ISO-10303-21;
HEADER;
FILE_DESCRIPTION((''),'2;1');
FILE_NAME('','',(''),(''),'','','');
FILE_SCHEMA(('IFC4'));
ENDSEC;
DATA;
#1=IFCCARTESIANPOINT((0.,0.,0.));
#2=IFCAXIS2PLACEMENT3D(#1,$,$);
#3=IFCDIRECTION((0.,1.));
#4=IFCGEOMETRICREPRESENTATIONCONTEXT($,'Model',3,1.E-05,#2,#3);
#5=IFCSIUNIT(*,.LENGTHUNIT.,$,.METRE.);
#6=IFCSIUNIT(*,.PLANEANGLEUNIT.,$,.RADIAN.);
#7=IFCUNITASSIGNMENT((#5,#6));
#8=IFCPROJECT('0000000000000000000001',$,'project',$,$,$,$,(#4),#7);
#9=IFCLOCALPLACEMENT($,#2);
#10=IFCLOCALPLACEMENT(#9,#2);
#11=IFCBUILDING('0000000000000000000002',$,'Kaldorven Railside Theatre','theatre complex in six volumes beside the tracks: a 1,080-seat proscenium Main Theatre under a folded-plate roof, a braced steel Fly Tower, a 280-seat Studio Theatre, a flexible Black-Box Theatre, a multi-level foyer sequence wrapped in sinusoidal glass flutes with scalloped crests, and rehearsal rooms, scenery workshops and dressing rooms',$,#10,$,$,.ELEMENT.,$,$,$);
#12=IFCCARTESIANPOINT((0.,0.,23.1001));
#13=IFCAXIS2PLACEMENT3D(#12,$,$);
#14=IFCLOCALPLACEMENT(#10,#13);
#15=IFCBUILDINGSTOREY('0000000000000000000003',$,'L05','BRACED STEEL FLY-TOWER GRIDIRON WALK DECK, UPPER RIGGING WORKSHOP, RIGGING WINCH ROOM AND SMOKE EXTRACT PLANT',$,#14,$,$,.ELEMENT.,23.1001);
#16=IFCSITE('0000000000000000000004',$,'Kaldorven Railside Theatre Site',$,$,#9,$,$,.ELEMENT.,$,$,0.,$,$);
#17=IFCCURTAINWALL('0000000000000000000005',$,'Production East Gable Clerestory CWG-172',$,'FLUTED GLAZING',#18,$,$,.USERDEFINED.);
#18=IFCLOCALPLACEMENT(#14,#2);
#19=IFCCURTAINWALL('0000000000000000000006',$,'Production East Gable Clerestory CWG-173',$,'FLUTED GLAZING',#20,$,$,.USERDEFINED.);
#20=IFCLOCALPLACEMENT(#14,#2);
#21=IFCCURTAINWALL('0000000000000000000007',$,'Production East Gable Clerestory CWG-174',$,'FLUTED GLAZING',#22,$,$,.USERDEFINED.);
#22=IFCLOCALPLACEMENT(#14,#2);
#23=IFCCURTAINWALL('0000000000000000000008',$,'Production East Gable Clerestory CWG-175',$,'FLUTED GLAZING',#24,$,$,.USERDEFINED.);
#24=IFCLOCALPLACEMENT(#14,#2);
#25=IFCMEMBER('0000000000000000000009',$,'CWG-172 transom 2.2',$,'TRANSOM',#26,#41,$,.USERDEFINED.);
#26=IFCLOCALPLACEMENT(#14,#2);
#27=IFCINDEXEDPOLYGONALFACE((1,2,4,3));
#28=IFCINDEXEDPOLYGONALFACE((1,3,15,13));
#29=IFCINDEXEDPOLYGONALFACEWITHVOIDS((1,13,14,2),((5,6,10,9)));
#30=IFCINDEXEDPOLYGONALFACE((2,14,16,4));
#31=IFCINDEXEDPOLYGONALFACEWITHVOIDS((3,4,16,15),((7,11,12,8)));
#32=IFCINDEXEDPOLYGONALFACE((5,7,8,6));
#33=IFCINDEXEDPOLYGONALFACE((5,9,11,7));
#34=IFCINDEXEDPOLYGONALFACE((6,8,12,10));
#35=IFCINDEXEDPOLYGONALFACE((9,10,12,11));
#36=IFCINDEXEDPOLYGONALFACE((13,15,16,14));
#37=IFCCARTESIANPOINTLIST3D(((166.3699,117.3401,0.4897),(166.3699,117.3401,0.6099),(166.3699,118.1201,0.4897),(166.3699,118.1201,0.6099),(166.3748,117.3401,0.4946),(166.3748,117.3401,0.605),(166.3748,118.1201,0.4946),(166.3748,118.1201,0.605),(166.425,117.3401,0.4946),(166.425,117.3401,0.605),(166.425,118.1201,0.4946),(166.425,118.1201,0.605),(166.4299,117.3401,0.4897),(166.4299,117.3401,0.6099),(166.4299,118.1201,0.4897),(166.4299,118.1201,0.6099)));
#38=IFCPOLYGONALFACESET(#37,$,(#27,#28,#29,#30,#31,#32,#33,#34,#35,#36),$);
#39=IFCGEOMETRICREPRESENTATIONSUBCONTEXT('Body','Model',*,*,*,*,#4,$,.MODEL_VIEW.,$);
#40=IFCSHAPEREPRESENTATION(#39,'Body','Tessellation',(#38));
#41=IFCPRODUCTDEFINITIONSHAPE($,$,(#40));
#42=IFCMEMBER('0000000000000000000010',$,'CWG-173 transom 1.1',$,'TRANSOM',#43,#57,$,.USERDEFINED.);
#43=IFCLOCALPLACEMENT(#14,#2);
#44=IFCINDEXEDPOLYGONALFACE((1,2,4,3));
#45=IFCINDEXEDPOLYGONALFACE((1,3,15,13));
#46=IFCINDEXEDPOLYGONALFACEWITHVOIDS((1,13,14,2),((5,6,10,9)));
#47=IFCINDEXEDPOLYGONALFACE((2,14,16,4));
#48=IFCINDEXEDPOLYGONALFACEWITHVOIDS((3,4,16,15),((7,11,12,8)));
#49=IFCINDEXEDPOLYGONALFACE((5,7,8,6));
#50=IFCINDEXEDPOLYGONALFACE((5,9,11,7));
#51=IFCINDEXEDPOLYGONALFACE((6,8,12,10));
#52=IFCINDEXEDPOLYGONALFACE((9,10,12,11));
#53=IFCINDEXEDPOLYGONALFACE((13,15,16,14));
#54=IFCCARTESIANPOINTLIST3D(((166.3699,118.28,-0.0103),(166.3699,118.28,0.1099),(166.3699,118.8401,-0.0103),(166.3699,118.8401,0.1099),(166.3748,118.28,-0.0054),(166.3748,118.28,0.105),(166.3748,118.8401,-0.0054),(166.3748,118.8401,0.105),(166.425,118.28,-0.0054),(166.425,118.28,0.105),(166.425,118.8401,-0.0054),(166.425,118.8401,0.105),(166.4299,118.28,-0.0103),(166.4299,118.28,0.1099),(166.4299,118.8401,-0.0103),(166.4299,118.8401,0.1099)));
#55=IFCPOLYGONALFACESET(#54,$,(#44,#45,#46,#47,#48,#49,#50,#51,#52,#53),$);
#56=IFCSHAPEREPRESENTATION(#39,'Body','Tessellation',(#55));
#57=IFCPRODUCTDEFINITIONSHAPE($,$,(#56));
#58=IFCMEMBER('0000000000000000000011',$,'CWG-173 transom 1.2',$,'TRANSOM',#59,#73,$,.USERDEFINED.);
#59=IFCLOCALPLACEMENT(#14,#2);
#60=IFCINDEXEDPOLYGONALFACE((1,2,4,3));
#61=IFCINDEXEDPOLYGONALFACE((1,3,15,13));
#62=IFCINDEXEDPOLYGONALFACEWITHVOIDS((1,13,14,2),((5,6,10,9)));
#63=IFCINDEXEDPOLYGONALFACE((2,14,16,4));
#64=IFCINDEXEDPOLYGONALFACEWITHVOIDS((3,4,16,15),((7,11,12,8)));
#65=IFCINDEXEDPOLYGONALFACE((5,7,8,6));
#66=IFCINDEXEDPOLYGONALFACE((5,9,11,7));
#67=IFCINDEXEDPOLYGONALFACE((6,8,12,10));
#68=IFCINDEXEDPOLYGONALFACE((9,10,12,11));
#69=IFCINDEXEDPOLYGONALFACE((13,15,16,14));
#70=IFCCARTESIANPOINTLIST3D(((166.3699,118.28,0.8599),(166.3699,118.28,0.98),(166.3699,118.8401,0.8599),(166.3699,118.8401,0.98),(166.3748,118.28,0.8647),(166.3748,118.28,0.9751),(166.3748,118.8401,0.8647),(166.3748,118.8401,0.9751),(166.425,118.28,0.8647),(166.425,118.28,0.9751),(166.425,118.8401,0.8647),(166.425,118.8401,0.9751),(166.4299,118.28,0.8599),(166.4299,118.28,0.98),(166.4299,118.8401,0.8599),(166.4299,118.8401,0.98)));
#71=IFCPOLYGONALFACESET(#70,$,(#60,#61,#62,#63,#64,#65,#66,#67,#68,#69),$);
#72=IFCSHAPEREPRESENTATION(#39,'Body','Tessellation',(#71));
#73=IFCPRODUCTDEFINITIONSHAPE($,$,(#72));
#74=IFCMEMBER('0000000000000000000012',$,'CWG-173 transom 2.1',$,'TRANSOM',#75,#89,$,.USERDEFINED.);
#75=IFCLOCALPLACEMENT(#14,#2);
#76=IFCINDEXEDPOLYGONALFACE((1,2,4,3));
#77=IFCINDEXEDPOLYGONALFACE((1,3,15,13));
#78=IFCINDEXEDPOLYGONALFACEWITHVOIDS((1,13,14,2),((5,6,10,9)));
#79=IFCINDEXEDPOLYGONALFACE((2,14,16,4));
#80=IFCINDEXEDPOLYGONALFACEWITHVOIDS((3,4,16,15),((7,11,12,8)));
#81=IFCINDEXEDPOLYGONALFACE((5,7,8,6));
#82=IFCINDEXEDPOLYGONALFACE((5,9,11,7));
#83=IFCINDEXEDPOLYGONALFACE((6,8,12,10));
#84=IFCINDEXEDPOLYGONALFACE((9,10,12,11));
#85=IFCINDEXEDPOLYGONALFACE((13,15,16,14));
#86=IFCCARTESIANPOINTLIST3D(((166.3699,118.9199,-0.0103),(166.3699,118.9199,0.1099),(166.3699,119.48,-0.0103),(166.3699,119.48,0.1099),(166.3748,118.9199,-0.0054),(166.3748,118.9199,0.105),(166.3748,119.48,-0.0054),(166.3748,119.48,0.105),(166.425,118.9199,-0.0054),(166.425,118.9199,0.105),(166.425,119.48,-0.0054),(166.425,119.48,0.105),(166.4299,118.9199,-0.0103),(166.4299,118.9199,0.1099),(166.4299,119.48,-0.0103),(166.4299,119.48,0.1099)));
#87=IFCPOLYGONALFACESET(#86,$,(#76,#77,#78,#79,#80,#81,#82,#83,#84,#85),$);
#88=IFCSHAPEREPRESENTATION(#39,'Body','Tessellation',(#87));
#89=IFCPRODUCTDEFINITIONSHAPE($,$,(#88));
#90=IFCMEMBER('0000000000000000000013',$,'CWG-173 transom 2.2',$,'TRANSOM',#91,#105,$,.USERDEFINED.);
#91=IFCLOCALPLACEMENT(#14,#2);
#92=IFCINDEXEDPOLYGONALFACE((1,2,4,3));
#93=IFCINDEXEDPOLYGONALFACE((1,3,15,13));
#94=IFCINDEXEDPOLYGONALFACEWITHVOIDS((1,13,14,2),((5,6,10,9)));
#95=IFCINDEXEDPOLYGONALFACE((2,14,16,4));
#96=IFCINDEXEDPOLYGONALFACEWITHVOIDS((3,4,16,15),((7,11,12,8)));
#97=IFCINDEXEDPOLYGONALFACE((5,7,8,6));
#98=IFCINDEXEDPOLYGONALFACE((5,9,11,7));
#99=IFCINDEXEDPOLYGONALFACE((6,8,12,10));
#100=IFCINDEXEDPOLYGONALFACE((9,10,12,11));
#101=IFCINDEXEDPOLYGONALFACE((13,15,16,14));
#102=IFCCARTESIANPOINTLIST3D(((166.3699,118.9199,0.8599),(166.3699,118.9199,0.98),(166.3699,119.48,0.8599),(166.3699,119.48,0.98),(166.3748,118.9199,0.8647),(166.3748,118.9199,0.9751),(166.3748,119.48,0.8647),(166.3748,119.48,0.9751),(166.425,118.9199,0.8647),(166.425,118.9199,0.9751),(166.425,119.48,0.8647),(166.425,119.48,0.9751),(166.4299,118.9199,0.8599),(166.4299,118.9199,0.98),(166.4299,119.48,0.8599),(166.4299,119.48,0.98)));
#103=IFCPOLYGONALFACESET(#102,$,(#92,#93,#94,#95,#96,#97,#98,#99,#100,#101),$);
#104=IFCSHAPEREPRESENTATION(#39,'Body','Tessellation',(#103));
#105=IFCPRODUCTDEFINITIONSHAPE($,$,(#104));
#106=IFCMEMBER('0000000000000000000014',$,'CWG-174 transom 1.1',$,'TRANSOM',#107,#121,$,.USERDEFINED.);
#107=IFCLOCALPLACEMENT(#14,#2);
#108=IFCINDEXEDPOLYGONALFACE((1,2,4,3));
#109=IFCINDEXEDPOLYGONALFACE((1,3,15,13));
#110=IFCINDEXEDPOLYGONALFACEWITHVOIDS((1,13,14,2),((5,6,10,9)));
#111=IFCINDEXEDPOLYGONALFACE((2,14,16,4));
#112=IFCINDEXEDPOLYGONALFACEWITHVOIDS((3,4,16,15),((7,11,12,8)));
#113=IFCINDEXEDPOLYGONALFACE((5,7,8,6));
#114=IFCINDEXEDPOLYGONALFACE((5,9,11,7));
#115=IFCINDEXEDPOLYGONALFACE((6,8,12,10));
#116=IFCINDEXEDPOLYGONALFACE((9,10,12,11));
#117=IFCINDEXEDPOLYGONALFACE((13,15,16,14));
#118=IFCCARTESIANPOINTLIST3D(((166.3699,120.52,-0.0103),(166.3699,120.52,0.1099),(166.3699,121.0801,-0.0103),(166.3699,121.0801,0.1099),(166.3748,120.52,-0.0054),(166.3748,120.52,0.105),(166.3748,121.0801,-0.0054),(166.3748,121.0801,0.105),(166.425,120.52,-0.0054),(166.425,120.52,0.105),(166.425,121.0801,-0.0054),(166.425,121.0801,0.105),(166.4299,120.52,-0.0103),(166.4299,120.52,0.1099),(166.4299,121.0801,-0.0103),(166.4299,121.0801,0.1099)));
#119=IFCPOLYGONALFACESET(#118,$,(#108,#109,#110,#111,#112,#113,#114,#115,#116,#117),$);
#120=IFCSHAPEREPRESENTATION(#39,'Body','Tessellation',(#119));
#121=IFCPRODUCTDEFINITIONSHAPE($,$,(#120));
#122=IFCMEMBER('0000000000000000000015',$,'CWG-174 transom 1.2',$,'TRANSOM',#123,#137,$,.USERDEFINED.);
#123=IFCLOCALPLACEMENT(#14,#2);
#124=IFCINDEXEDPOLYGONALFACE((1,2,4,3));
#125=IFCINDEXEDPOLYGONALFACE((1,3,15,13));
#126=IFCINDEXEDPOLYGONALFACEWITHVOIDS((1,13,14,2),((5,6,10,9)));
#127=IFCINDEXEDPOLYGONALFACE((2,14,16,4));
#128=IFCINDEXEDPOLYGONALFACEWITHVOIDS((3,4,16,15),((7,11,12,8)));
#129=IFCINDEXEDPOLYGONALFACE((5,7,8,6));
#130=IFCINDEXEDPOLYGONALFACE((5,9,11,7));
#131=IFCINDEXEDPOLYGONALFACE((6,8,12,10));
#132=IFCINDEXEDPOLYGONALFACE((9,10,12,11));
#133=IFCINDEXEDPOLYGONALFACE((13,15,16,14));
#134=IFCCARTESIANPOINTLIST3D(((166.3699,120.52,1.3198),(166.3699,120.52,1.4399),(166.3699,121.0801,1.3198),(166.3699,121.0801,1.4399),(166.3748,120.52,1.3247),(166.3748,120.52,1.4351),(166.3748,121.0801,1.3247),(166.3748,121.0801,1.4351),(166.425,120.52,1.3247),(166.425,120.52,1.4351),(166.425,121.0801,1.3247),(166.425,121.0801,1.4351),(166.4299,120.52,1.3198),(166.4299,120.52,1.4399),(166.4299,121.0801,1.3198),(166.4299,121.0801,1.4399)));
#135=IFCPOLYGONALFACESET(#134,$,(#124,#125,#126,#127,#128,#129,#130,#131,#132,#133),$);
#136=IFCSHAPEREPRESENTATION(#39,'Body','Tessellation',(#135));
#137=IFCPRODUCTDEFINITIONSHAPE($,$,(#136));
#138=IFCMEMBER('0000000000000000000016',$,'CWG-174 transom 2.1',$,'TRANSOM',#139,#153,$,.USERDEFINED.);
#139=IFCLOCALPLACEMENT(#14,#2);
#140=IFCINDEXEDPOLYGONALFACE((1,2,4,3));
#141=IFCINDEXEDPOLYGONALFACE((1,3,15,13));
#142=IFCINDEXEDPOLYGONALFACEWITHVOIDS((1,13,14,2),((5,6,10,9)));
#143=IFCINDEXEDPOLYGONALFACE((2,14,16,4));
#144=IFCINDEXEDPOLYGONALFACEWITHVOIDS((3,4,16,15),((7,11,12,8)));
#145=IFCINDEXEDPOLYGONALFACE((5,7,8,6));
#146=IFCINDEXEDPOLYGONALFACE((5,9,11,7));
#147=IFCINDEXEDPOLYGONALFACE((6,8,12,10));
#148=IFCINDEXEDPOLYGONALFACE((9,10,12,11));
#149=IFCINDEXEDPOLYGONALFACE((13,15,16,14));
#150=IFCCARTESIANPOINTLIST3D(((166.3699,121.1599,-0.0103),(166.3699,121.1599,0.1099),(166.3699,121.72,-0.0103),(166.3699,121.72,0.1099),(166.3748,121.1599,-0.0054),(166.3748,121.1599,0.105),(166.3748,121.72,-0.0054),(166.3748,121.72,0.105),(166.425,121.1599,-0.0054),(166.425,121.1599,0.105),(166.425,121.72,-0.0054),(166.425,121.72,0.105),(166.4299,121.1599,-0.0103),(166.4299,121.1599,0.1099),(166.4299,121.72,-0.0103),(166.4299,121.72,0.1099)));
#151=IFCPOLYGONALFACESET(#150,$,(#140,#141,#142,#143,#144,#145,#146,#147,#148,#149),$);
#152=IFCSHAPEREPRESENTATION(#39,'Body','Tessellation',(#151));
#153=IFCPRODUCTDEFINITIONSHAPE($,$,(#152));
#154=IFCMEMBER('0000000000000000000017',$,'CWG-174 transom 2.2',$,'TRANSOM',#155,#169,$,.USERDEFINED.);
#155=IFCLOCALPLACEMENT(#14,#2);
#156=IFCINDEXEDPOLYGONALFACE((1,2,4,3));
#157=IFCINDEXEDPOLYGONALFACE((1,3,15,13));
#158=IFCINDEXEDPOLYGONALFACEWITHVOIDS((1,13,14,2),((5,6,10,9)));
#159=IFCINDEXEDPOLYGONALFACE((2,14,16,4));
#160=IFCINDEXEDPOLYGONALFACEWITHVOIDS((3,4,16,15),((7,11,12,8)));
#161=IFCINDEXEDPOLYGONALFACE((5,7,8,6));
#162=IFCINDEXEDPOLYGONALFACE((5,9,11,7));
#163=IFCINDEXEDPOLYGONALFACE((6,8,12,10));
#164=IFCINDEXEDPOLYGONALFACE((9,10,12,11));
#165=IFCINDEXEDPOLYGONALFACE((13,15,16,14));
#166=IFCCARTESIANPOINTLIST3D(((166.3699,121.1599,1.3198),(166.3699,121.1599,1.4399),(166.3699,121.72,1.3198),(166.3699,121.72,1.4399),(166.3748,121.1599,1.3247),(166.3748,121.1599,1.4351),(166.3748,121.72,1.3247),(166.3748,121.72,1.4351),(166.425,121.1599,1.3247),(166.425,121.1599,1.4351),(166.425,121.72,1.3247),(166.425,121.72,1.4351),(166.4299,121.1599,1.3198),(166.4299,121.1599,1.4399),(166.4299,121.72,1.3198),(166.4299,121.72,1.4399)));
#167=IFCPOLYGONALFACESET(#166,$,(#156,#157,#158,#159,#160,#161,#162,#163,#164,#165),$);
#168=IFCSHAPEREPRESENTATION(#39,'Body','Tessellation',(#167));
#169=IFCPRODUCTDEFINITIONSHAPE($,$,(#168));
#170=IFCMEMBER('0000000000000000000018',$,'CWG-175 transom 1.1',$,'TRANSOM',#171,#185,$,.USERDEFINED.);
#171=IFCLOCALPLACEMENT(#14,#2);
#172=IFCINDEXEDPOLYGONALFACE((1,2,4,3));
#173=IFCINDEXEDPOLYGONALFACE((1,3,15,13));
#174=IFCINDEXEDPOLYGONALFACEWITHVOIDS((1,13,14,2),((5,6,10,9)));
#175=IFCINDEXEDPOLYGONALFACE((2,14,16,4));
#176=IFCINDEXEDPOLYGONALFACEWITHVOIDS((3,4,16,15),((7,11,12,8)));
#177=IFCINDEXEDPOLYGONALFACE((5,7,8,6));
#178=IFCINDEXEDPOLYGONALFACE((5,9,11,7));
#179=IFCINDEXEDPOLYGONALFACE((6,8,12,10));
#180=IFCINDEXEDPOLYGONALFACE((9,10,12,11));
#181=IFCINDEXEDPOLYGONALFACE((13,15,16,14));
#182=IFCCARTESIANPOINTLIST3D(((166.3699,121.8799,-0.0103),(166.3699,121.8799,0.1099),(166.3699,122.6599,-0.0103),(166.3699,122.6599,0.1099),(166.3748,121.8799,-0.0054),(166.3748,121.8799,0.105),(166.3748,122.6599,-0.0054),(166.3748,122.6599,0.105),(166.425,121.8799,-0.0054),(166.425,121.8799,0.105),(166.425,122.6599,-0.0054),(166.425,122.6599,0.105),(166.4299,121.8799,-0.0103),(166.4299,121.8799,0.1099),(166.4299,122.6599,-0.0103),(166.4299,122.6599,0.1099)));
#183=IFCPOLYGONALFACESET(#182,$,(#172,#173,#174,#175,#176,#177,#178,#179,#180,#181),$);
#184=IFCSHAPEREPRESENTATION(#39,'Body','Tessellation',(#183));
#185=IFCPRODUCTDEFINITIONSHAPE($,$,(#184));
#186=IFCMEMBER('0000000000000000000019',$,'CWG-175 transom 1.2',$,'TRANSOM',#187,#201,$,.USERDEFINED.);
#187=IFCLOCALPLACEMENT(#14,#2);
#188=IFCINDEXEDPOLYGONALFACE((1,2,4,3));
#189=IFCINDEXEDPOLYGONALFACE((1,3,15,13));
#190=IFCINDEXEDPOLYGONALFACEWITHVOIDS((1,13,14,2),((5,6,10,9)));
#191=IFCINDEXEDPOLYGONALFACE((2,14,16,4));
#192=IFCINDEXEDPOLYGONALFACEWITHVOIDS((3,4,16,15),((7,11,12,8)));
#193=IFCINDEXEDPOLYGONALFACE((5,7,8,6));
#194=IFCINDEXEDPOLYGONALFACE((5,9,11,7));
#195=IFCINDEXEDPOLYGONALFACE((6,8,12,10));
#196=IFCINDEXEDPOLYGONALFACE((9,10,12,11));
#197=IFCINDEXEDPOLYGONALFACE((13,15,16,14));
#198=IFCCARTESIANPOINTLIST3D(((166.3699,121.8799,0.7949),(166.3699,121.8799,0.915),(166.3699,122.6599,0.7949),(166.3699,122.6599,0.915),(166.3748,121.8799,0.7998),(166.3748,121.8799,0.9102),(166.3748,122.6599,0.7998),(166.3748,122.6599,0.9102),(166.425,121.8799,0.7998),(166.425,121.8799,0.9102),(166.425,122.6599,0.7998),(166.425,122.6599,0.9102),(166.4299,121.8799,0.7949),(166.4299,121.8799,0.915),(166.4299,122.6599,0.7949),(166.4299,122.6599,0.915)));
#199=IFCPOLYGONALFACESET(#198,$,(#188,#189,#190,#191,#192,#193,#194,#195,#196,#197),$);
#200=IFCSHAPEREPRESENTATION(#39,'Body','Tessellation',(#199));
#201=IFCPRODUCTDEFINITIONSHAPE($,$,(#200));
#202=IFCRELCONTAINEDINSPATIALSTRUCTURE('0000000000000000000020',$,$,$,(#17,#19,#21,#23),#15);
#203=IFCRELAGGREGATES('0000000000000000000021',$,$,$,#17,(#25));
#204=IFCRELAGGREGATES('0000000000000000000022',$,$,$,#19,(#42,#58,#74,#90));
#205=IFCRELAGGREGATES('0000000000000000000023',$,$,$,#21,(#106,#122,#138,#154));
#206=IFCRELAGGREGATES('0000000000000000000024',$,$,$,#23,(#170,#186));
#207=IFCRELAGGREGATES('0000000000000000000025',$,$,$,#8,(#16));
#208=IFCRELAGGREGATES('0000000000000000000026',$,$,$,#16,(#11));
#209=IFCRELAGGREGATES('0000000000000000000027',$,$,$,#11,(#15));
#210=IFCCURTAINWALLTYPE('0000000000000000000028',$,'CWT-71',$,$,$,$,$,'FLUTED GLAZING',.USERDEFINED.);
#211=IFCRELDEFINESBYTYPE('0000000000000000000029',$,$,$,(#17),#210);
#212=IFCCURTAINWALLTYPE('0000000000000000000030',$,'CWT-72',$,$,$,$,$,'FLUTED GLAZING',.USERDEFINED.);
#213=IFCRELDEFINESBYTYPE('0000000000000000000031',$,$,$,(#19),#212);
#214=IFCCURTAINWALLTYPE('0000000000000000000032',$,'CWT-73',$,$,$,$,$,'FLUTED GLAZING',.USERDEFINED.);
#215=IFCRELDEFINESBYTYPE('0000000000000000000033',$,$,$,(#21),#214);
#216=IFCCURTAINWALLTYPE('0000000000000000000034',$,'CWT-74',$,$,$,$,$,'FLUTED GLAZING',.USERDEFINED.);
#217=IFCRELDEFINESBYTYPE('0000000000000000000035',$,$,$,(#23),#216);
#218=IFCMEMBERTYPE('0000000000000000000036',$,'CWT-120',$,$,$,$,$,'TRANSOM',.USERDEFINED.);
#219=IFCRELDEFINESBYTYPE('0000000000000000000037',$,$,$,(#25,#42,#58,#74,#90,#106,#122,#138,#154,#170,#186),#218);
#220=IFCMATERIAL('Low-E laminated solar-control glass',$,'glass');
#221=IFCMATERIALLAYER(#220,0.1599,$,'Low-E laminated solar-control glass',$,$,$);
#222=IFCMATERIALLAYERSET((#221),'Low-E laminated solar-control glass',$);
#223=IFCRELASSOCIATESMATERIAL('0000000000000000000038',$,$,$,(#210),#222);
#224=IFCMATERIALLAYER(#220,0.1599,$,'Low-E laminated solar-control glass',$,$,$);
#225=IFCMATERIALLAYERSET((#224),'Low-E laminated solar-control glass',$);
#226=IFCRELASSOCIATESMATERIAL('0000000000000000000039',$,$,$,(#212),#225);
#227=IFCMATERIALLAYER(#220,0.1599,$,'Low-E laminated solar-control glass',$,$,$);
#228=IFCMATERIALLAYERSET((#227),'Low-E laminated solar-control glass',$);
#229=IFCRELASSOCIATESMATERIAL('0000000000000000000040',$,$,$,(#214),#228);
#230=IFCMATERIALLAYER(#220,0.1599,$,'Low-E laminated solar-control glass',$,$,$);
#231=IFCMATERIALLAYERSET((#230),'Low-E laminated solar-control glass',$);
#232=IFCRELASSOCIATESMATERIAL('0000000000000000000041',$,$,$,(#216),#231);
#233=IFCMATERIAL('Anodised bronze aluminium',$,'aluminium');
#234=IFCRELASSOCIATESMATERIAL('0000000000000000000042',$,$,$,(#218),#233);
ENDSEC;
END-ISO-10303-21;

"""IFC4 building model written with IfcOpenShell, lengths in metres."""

from ifc_helpers import new_model, si_unit, direction, frame, origin, origin_2d, place, context, subcontext, project, spatial, hollow_rectangle, extrude, material, layer, layer_set, material_profile, profile_set, type_object, element, aggregate, save


model = new_model("IFC4")

# Units and contexts
model_context = context("Model", 3, precision=1e-05, world=origin(), true_north=direction((0.0, 1.0)))
body_context = subcontext(model_context, "Body", "Model", "MODEL_VIEW")
ifc_project = project(units=[si_unit("LENGTHUNIT", "METRE"), si_unit("PLANEANGLEUNIT", "RADIAN")], contexts=[model_context])

# Site, building, storey
site_placement = place(None, origin())
site = spatial("IfcSite", under=ifc_project, at=site_placement, Name="Kaldorven Railside Theatre Site", CompositionType="ELEMENT", RefElevation=0.0)
building_placement = place(site_placement, origin())
building = spatial("IfcBuilding", under=site, at=building_placement, Name="Kaldorven Railside Theatre", Description="theatre complex in six volumes beside the tracks: a 1,080-seat proscenium Main Theatre under a folded-plate roof, a braced steel Fly Tower, a 280-seat Studio Theatre, a flexible Black-Box Theatre, a multi-level foyer sequence wrapped in sinusoidal glass flutes with scalloped crests, and rehearsal rooms, scenery workshops and dressing rooms", CompositionType="ELEMENT")
storey_placement = place(building_placement, frame((0.0, 0.0, 23.1001)))
storey = spatial("IfcBuildingStorey", under=building, at=storey_placement, Name="L05", Description="BRACED STEEL FLY-TOWER GRIDIRON WALK DECK, UPPER RIGGING WORKSHOP, RIGGING WINCH ROOM AND SMOKE EXTRACT PLANT", CompositionType="ELEMENT", Elevation=23.1001)

# Curtain walls
ifc_material_1 = material(Name="Low-E laminated solar-control glass", Category="glass")
ifc_layer_1 = layer(ifc_material_1, 0.1599, Name="Low-E laminated solar-control glass")
ifc_layer_set_1 = layer_set([ifc_layer_1], Name="Low-E laminated solar-control glass")
curtain_wall_type_1 = type_object("IfcCurtainWallType", Name="CWT-71", ElementType="FLUTED GLAZING", PredefinedType="USERDEFINED", material=ifc_layer_set_1)
curtain_wall_1_placement = place(storey_placement, origin())
curtain_wall_1 = element("IfcCurtainWall", 1, at=curtain_wall_1_placement, inside=storey, type_object=curtain_wall_type_1, Name="Production East Gable Clerestory CWG-172", ObjectType="FLUTED GLAZING", PredefinedType="USERDEFINED")
ifc_material_2 = material(Name="Anodised bronze aluminium", Category="aluminium")
ifc_layer_2 = layer(ifc_material_1, 0.1599, Name="Low-E laminated solar-control glass")
ifc_layer_set_2 = layer_set([ifc_layer_2], Name="Low-E laminated solar-control glass")
curtain_wall_type_2 = type_object("IfcCurtainWallType", Name="CWT-72", ElementType="FLUTED GLAZING", PredefinedType="USERDEFINED", material=ifc_layer_set_2)
curtain_wall_2_placement = place(storey_placement, origin())
curtain_wall_2 = element("IfcCurtainWall", 2, at=curtain_wall_2_placement, inside=storey, type_object=curtain_wall_type_2, Name="Production East Gable Clerestory CWG-173", ObjectType="FLUTED GLAZING", PredefinedType="USERDEFINED")
ifc_layer_3 = layer(ifc_material_1, 0.1599, Name="Low-E laminated solar-control glass")
ifc_layer_set_3 = layer_set([ifc_layer_3], Name="Low-E laminated solar-control glass")
curtain_wall_type_3 = type_object("IfcCurtainWallType", Name="CWT-73", ElementType="FLUTED GLAZING", PredefinedType="USERDEFINED", material=ifc_layer_set_3)
curtain_wall_3_placement = place(storey_placement, origin())
curtain_wall_3 = element("IfcCurtainWall", 3, at=curtain_wall_3_placement, inside=storey, type_object=curtain_wall_type_3, Name="Production East Gable Clerestory CWG-174", ObjectType="FLUTED GLAZING", PredefinedType="USERDEFINED")
ifc_layer_4 = layer(ifc_material_1, 0.1599, Name="Low-E laminated solar-control glass")
ifc_layer_set_4 = layer_set([ifc_layer_4], Name="Low-E laminated solar-control glass")
curtain_wall_type_4 = type_object("IfcCurtainWallType", Name="CWT-74", ElementType="FLUTED GLAZING", PredefinedType="USERDEFINED", material=ifc_layer_set_4)
curtain_wall_4_placement = place(storey_placement, origin())
curtain_wall_4 = element("IfcCurtainWall", 4, at=curtain_wall_4_placement, inside=storey, type_object=curtain_wall_type_4, Name="Production East Gable Clerestory CWG-175", ObjectType="FLUTED GLAZING", PredefinedType="USERDEFINED")

# Members
ifc_material_profile_1 = material_profile(ifc_material_2, hollow_rectangle(XDim=0.0601, YDim=0.1201, WallThickness=0.0049, at=origin_2d()), Name="RHS 120x60x5")
ifc_profile_set_1 = profile_set([ifc_material_profile_1], Name="Anodised bronze aluminium")
member_type_1 = type_object("IfcMemberType", Name="CWT-120", ElementType="TRANSOM", PredefinedType="USERDEFINED", material=ifc_profile_set_1)
member_1_placement = place(storey_placement, frame((166.3999, 117.3401, 0.5498), z_axis=(0.0, 1.0, 0.0), x_axis=(-1.0, 0.0, 0.0)))
member_1 = element("IfcMember", 5, at=member_1_placement, type_object=member_type_1, Name="CWG-172 transom 2.2", ObjectType="TRANSOM", PredefinedType="USERDEFINED", context=body_context, shape_type="SweptSolid", body=[
    extrude(hollow_rectangle(XDim=0.0601, YDim=0.1201, WallThickness=0.0049, at=origin_2d()), origin(), (0.0, 0.0, 1.0), 0.78),
])
member_2_placement = place(storey_placement, frame((166.3999, 118.28, 0.0498), z_axis=(0.0, 1.0, 0.0), x_axis=(-1.0, 0.0, 0.0)))
member_2 = element("IfcMember", 6, at=member_2_placement, type_object=member_type_1, Name="CWG-173 transom 1.1", ObjectType="TRANSOM", PredefinedType="USERDEFINED", context=body_context, shape_type="SweptSolid", body=[
    extrude(hollow_rectangle(XDim=0.0601, YDim=0.1201, WallThickness=0.0049, at=origin_2d()), origin(), (0.0, 0.0, 1.0), 0.5601),
])
member_3_placement = place(storey_placement, frame((166.3999, 118.28, 0.9199), z_axis=(0.0, 1.0, 0.0), x_axis=(-1.0, 0.0, 0.0)))
member_3 = element("IfcMember", 7, at=member_3_placement, type_object=member_type_1, Name="CWG-173 transom 1.2", ObjectType="TRANSOM", PredefinedType="USERDEFINED", context=body_context, shape_type="SweptSolid", body=[
    extrude(hollow_rectangle(XDim=0.0601, YDim=0.1201, WallThickness=0.0049, at=origin_2d()), origin(), (0.0, 0.0, 1.0), 0.5601),
])
member_4_placement = place(storey_placement, frame((166.3999, 118.9199, 0.0498), z_axis=(0.0, 1.0, 0.0), x_axis=(-1.0, 0.0, 0.0)))
member_4 = element("IfcMember", 8, at=member_4_placement, type_object=member_type_1, Name="CWG-173 transom 2.1", ObjectType="TRANSOM", PredefinedType="USERDEFINED", context=body_context, shape_type="SweptSolid", body=[
    extrude(hollow_rectangle(XDim=0.0601, YDim=0.1201, WallThickness=0.0049, at=origin_2d()), origin(), (0.0, 0.0, 1.0), 0.5601),
])
member_5_placement = place(storey_placement, frame((166.3999, 118.9199, 0.9199), z_axis=(0.0, 1.0, 0.0), x_axis=(-1.0, 0.0, 0.0)))
member_5 = element("IfcMember", 9, at=member_5_placement, type_object=member_type_1, Name="CWG-173 transom 2.2", ObjectType="TRANSOM", PredefinedType="USERDEFINED", context=body_context, shape_type="SweptSolid", body=[
    extrude(hollow_rectangle(XDim=0.0601, YDim=0.1201, WallThickness=0.0049, at=origin_2d()), origin(), (0.0, 0.0, 1.0), 0.5601),
])
member_6_placement = place(storey_placement, frame((166.3999, 120.52, 0.0498), z_axis=(0.0, 1.0, 0.0), x_axis=(-1.0, 0.0, 0.0)))
member_6 = element("IfcMember", 10, at=member_6_placement, type_object=member_type_1, Name="CWG-174 transom 1.1", ObjectType="TRANSOM", PredefinedType="USERDEFINED", context=body_context, shape_type="SweptSolid", body=[
    extrude(hollow_rectangle(XDim=0.0601, YDim=0.1201, WallThickness=0.0049, at=origin_2d()), origin(), (0.0, 0.0, 1.0), 0.5601),
])
member_7_placement = place(storey_placement, frame((166.3999, 120.52, 1.3799), z_axis=(0.0, 1.0, 0.0), x_axis=(-1.0, 0.0, 0.0)))
member_7 = element("IfcMember", 11, at=member_7_placement, type_object=member_type_1, Name="CWG-174 transom 1.2", ObjectType="TRANSOM", PredefinedType="USERDEFINED", context=body_context, shape_type="SweptSolid", body=[
    extrude(hollow_rectangle(XDim=0.0601, YDim=0.1201, WallThickness=0.0049, at=origin_2d()), origin(), (0.0, 0.0, 1.0), 0.5601),
])
member_8_placement = place(storey_placement, frame((166.3999, 121.1599, 0.0498), z_axis=(0.0, 1.0, 0.0), x_axis=(-1.0, 0.0, 0.0)))
member_8 = element("IfcMember", 12, at=member_8_placement, type_object=member_type_1, Name="CWG-174 transom 2.1", ObjectType="TRANSOM", PredefinedType="USERDEFINED", context=body_context, shape_type="SweptSolid", body=[
    extrude(hollow_rectangle(XDim=0.0601, YDim=0.1201, WallThickness=0.0049, at=origin_2d()), origin(), (0.0, 0.0, 1.0), 0.5601),
])
member_9_placement = place(storey_placement, frame((166.3999, 121.1599, 1.3799), z_axis=(0.0, 1.0, 0.0), x_axis=(-1.0, 0.0, 0.0)))
member_9 = element("IfcMember", 13, at=member_9_placement, type_object=member_type_1, Name="CWG-174 transom 2.2", ObjectType="TRANSOM", PredefinedType="USERDEFINED", context=body_context, shape_type="SweptSolid", body=[
    extrude(hollow_rectangle(XDim=0.0601, YDim=0.1201, WallThickness=0.0049, at=origin_2d()), origin(), (0.0, 0.0, 1.0), 0.5601),
])
member_10_placement = place(storey_placement, frame((166.3999, 121.8799, 0.0498), z_axis=(0.0, 1.0, 0.0), x_axis=(-1.0, 0.0, 0.0)))
member_10 = element("IfcMember", 14, at=member_10_placement, type_object=member_type_1, Name="CWG-175 transom 1.1", ObjectType="TRANSOM", PredefinedType="USERDEFINED", context=body_context, shape_type="SweptSolid", body=[
    extrude(hollow_rectangle(XDim=0.0601, YDim=0.1201, WallThickness=0.0049, at=origin_2d()), origin(), (0.0, 0.0, 1.0), 0.78),
])
member_11_placement = place(storey_placement, frame((166.3999, 121.8799, 0.855), z_axis=(0.0, 1.0, 0.0), x_axis=(-1.0, 0.0, 0.0)))
member_11 = element("IfcMember", 15, at=member_11_placement, type_object=member_type_1, Name="CWG-175 transom 1.2", ObjectType="TRANSOM", PredefinedType="USERDEFINED", context=body_context, shape_type="SweptSolid", body=[
    extrude(hollow_rectangle(XDim=0.0601, YDim=0.1201, WallThickness=0.0049, at=origin_2d()), origin(), (0.0, 0.0, 1.0), 0.78),
])

aggregate(curtain_wall_1, [member_1])
aggregate(curtain_wall_2, [member_2, member_3, member_4, member_5])
aggregate(curtain_wall_3, [member_6, member_7, member_8, member_9])
aggregate(curtain_wall_4, [member_10, member_11])

save(model, "model.ifc")
